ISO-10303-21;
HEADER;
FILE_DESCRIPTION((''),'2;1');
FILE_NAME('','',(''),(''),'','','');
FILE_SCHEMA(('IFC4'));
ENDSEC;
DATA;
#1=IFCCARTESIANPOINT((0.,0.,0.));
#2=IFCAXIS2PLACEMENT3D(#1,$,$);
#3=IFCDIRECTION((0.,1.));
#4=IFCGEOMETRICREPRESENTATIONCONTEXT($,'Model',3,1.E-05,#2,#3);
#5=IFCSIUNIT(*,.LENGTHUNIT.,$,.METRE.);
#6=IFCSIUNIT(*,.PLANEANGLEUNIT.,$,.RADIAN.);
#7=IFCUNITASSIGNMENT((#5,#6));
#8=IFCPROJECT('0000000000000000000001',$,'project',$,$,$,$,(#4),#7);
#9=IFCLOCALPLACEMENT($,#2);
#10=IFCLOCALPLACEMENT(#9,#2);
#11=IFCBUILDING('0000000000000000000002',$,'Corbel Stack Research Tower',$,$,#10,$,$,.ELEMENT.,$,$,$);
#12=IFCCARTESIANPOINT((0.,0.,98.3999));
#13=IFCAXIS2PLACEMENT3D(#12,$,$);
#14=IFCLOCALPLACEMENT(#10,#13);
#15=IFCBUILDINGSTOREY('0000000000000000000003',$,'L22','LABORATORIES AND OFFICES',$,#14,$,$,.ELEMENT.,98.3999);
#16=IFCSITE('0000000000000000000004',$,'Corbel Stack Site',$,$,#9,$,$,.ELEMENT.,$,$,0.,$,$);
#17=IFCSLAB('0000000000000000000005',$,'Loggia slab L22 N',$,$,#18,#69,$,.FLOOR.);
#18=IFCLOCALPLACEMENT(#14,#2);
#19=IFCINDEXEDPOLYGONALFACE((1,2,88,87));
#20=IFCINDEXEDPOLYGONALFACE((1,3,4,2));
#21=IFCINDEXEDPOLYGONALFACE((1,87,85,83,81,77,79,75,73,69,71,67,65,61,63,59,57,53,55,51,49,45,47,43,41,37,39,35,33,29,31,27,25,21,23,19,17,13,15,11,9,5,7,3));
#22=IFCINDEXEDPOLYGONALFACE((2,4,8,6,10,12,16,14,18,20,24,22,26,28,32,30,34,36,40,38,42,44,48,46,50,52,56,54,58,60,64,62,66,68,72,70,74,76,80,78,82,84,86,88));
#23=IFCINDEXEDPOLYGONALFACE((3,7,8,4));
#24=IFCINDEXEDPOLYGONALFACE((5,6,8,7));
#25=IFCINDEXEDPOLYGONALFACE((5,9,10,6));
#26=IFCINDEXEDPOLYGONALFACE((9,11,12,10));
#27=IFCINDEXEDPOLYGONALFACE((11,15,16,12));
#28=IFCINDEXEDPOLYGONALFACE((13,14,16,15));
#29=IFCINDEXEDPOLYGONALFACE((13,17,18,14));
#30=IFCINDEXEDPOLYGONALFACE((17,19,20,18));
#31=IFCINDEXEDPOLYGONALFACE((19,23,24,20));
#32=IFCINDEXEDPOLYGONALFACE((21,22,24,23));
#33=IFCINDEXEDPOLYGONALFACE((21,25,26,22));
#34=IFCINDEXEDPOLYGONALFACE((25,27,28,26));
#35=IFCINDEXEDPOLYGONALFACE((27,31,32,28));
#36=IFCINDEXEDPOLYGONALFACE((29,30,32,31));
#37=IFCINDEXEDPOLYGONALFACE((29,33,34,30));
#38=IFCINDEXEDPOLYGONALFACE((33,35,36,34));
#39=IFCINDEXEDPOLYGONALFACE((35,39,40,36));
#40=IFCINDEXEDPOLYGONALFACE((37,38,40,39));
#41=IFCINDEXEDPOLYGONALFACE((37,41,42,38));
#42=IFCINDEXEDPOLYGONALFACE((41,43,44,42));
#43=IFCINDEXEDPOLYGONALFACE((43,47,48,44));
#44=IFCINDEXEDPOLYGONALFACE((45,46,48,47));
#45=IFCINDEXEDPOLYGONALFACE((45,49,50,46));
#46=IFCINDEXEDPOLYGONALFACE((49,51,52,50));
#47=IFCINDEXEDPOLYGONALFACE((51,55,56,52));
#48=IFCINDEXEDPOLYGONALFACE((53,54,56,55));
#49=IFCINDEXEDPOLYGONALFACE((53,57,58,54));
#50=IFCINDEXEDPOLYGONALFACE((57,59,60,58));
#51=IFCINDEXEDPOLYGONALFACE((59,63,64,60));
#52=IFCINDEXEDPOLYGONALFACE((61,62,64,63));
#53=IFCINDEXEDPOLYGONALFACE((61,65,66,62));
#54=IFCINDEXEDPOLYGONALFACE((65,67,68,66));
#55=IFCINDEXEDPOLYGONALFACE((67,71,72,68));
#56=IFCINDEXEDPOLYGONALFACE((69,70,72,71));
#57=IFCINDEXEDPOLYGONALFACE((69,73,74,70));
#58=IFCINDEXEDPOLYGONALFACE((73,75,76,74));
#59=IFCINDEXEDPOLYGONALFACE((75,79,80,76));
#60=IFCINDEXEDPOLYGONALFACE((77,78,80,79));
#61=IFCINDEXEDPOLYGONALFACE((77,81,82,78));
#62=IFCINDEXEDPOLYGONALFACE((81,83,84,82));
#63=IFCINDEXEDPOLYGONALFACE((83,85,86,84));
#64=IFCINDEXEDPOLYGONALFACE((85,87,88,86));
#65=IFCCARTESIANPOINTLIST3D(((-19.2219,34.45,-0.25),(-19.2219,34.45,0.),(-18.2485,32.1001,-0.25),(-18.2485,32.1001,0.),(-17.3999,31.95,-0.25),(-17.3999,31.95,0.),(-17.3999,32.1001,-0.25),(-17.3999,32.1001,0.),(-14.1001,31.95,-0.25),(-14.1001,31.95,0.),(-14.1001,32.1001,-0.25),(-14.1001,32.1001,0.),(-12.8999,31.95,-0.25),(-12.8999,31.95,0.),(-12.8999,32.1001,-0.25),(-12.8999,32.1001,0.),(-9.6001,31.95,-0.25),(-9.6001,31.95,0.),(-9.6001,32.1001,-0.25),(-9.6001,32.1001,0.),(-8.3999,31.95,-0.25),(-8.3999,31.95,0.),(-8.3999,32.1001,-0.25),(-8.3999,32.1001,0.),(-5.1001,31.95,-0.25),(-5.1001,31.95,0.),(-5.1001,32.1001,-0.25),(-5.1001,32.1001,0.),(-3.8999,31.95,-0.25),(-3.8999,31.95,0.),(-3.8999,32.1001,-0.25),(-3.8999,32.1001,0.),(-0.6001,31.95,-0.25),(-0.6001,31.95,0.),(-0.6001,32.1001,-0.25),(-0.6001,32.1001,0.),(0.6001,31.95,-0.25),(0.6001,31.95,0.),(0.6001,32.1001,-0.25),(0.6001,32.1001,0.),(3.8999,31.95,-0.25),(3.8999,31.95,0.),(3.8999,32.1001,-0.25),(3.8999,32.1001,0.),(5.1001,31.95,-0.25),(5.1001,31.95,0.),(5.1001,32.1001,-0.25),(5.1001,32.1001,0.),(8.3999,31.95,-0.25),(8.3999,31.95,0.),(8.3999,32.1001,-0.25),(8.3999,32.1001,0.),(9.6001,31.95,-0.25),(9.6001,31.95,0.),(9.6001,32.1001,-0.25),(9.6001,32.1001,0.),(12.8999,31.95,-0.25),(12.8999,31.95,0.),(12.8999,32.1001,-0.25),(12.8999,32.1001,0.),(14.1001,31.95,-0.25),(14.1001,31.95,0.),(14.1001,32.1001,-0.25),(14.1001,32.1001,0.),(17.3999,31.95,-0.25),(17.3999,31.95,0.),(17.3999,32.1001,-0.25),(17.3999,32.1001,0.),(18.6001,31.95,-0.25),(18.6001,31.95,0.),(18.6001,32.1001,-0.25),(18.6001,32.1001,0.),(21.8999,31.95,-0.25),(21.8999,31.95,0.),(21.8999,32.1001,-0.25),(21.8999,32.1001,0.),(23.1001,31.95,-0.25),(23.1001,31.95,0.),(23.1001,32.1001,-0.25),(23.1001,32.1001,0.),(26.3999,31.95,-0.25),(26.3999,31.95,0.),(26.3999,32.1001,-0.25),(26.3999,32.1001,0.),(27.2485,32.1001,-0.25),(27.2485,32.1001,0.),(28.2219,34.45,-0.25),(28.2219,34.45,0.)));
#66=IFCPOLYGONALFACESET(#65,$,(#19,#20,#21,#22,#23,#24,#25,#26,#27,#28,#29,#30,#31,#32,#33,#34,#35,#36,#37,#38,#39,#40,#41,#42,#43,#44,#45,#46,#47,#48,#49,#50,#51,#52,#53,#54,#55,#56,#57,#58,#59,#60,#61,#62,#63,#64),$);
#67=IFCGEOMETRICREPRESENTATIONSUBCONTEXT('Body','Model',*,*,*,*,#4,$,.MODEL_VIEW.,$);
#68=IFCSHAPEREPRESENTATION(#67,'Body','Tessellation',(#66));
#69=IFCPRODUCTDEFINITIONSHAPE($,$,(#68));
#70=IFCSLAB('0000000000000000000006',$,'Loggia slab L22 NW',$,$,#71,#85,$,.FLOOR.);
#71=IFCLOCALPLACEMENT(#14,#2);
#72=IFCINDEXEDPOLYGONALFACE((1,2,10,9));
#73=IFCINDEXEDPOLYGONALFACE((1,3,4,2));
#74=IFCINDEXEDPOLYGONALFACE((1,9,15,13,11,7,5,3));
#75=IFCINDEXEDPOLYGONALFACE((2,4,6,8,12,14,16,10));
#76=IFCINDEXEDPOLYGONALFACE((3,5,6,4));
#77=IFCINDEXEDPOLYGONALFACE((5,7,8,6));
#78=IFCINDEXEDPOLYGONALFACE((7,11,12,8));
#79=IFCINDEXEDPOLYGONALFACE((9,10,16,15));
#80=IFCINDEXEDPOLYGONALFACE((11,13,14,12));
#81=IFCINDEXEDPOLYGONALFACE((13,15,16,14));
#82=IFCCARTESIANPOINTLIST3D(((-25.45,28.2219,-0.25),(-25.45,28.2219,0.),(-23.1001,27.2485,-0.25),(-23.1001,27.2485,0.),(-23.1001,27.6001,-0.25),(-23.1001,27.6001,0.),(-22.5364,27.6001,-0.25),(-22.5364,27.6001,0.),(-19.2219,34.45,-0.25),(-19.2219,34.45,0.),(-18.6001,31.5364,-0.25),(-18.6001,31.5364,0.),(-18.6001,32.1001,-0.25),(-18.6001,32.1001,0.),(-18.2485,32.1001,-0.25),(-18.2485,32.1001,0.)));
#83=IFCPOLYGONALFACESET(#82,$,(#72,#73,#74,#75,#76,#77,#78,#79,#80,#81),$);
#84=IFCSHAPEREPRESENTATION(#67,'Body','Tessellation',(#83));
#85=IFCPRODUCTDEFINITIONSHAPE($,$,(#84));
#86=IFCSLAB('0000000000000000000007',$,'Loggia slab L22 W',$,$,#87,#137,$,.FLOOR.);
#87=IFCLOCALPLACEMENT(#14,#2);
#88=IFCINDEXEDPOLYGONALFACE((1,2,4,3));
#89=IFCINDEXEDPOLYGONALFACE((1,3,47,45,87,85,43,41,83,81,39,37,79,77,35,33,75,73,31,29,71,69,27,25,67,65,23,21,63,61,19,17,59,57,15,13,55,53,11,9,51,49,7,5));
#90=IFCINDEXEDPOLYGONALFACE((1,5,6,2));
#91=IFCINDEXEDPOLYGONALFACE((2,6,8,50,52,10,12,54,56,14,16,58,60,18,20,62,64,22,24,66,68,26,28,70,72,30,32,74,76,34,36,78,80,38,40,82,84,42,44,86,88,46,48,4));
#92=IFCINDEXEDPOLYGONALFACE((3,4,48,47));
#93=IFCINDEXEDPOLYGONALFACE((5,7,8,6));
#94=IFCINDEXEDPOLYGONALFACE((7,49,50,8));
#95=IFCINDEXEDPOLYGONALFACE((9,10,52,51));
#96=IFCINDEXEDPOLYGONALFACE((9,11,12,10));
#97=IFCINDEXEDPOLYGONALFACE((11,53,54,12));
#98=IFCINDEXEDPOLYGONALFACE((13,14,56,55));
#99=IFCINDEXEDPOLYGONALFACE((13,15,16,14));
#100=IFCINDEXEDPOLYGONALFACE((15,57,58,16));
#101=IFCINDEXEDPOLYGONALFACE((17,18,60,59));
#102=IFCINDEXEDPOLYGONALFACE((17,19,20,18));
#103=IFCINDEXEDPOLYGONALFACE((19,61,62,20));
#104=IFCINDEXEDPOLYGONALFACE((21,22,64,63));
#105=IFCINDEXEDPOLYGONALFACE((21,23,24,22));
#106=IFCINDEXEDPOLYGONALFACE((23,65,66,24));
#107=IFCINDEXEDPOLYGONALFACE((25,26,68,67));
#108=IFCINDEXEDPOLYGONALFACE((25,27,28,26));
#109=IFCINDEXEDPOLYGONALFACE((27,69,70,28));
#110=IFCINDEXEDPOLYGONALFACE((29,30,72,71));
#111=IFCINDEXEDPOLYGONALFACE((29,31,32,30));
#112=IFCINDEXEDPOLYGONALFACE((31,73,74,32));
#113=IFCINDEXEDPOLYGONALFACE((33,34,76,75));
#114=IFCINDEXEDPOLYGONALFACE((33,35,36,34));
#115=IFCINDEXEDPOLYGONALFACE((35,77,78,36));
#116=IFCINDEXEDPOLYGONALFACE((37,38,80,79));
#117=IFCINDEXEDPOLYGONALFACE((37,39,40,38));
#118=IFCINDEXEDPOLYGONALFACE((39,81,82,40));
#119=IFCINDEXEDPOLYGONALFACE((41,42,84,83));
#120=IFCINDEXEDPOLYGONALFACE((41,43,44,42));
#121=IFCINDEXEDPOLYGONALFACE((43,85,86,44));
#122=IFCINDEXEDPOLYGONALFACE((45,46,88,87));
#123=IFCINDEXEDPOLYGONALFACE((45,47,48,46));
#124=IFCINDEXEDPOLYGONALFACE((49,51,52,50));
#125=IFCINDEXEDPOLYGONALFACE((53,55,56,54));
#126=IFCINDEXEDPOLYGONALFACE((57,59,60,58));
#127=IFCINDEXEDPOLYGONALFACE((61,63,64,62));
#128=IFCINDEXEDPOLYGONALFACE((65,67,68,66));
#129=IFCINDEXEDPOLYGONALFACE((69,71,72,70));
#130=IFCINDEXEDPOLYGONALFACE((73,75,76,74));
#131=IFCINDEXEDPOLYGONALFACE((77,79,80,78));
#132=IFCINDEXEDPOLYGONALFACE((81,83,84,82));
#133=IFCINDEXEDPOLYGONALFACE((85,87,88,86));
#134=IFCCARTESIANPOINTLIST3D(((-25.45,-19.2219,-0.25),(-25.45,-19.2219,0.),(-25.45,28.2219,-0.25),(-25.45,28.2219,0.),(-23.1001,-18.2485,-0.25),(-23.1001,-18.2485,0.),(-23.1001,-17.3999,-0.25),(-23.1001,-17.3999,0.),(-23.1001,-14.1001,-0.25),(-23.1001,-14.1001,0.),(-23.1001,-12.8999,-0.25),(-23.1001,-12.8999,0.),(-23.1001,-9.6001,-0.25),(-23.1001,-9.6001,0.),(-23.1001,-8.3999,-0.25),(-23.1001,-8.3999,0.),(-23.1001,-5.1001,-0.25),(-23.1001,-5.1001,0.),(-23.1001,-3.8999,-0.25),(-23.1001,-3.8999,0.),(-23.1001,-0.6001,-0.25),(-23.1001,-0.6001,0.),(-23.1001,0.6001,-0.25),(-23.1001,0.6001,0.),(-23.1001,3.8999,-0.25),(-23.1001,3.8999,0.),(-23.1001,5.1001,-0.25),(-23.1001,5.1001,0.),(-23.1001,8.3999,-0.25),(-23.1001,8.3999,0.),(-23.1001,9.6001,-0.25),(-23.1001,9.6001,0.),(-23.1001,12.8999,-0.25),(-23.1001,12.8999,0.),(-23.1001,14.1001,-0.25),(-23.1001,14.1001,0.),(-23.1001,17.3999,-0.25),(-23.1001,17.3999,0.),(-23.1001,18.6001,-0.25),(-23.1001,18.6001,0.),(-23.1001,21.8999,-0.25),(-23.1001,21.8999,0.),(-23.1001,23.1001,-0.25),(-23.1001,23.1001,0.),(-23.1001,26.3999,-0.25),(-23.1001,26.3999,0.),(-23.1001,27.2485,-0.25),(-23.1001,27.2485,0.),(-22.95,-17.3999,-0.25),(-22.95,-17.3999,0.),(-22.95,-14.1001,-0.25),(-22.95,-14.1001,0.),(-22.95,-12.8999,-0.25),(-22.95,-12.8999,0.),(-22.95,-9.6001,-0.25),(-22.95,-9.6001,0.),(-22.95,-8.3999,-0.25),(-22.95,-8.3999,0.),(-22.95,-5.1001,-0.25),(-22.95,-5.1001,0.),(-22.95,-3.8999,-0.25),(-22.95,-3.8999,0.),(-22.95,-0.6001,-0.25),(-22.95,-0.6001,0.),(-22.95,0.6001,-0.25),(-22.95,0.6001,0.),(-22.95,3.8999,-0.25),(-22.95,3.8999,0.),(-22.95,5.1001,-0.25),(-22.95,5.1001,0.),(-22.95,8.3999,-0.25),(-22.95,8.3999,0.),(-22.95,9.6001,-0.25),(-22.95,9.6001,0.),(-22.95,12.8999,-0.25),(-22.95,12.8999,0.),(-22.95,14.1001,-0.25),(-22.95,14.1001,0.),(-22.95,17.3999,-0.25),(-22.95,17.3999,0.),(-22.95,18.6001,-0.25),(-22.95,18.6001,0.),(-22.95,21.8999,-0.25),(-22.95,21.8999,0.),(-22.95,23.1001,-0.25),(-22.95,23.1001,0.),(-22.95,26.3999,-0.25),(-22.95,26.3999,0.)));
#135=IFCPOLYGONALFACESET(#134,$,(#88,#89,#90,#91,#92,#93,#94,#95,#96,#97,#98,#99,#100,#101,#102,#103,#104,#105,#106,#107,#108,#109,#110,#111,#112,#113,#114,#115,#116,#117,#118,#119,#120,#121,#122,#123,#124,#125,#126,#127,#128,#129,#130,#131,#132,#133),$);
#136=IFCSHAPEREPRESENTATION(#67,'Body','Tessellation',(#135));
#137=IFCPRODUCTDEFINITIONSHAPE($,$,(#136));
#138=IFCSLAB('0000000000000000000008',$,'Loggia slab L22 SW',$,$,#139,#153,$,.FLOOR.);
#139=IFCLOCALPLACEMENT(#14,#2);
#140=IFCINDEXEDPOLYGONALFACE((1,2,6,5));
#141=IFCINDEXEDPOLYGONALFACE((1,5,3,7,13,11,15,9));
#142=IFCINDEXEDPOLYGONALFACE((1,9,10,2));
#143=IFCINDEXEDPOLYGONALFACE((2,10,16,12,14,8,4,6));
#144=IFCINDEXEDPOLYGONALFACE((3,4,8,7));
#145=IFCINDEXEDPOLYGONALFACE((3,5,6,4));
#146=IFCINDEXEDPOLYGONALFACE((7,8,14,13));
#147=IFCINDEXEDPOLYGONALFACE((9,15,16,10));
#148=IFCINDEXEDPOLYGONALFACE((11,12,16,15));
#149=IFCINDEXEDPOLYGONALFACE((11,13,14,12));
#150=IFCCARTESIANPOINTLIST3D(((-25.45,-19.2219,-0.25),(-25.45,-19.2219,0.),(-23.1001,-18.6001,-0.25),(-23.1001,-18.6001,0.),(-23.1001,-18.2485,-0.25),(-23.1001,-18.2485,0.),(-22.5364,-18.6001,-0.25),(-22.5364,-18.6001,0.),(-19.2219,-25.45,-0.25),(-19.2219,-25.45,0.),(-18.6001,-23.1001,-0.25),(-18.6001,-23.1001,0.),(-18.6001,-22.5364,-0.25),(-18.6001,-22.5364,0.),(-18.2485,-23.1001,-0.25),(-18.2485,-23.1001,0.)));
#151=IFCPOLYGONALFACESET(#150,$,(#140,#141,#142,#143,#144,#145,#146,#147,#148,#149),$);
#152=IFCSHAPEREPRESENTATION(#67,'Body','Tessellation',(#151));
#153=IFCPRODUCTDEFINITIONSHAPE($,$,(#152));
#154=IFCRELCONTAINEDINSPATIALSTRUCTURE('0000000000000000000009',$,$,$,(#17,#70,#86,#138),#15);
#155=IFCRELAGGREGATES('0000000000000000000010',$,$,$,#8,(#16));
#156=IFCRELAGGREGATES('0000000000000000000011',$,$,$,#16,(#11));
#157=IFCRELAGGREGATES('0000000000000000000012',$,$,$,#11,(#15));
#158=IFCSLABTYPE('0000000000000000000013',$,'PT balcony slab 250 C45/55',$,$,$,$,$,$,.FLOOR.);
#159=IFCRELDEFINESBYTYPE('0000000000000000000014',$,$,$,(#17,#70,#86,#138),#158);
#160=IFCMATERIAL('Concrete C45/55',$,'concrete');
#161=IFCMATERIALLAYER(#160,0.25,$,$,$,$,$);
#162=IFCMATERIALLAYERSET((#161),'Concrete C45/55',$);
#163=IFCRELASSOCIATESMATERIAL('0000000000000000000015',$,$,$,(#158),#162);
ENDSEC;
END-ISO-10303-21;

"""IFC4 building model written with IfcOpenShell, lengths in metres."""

from ifc_helpers import new_model, si_unit, direction, frame, origin, place, context, subcontext, project, spatial, polyline, outline, extrude, material, layer, layer_set, type_object, element, save


model = new_model("IFC4")

# Units and contexts
model_context = context("Model", 3, precision=1e-05, world=origin(), true_north=direction((0.0, 1.0)))
body_context = subcontext(model_context, "Body", "Model", "MODEL_VIEW")
ifc_project = project(units=[si_unit("LENGTHUNIT", "METRE"), si_unit("PLANEANGLEUNIT", "RADIAN")], contexts=[model_context])

# Site, building, storey
site_placement = place(None, origin())
site = spatial("IfcSite", under=ifc_project, at=site_placement, Name="Corbel Stack Site", CompositionType="ELEMENT", RefElevation=0.0)
building_placement = place(site_placement, origin())
building = spatial("IfcBuilding", under=site, at=building_placement, Name="Corbel Stack Research Tower", CompositionType="ELEMENT")
storey_placement = place(building_placement, frame((0.0, 0.0, 98.3999)))
storey = spatial("IfcBuildingStorey", under=building, at=storey_placement, Name="L22", Description="LABORATORIES AND OFFICES", CompositionType="ELEMENT", Elevation=98.3999)

# Slabs
ifc_material_1 = material(Name="Concrete C45/55", Category="concrete")
ifc_layer_1 = layer(ifc_material_1, 0.25)
ifc_layer_set_1 = layer_set([ifc_layer_1], Name="Concrete C45/55")
slab_type_1 = type_object("IfcSlabType", Name="PT balcony slab 250 C45/55", PredefinedType="FLOOR", material=ifc_layer_set_1)
slab_1_placement = place(storey_placement, frame((0.0, 0.0, -0.25)))
element("IfcSlab", 1, at=slab_1_placement, inside=storey, type_object=slab_type_1, Name="Loggia slab L22 N", PredefinedType="FLOOR", context=body_context, shape_type="SweptSolid", body=[
    extrude(outline(polyline([(-18.2485, 32.1001), (-17.3999, 32.1001), (-17.3999, 31.95), (-14.1001, 31.95), (-14.1001, 32.1001), (-12.8999, 32.1001), (-12.8999, 31.95), (-9.6001, 31.95), (-9.6001, 32.1001), (-8.3999, 32.1001), (-8.3999, 31.95), (-5.1001, 31.95), (-5.1001, 32.1001), (-3.8999, 32.1001), (-3.8999, 31.95), (-0.6001, 31.95), (-0.6001, 32.1001), (0.6001, 32.1001), (0.6001, 31.95), (3.8999, 31.95), (3.8999, 32.1001), (5.1001, 32.1001), (5.1001, 31.95), (8.3999, 31.95), (8.3999, 32.1001), (9.6001, 32.1001), (9.6001, 31.95), (12.8999, 31.95), (12.8999, 32.1001), (14.1001, 32.1001), (14.1001, 31.95), (17.3999, 31.95), (17.3999, 32.1001), (18.6001, 32.1001), (18.6001, 31.95), (21.8999, 31.95), (21.8999, 32.1001), (23.1001, 32.1001), (23.1001, 31.95), (26.3999, 31.95), (26.3999, 32.1001), (27.2485, 32.1001), (28.2219, 34.45), (-19.2219, 34.45), (-18.2485, 32.1001)])), origin(), (0.0, 0.0, 1.0), 0.25),
])
slab_2_placement = place(storey_placement, frame((0.0, 0.0, -0.25)))
element("IfcSlab", 2, at=slab_2_placement, inside=storey, type_object=slab_type_1, Name="Loggia slab L22 NW", PredefinedType="FLOOR", context=body_context, shape_type="SweptSolid", body=[
    extrude(outline(polyline([(-23.1001, 27.2485), (-23.1001, 27.6001), (-22.5364, 27.6001), (-18.6001, 31.5364), (-18.6001, 32.1001), (-18.2485, 32.1001), (-19.2219, 34.45), (-25.45, 28.2219), (-23.1001, 27.2485)])), origin(), (0.0, 0.0, 1.0), 0.25),
])
slab_3_placement = place(storey_placement, frame((0.0, 0.0, -0.25)))
element("IfcSlab", 3, at=slab_3_placement, inside=storey, type_object=slab_type_1, Name="Loggia slab L22 W", PredefinedType="FLOOR", context=body_context, shape_type="SweptSolid", body=[
    extrude(outline(polyline([(-23.1001, -18.2485), (-23.1001, -17.3999), (-22.95, -17.3999), (-22.95, -14.1001), (-23.1001, -14.1001), (-23.1001, -12.8999), (-22.95, -12.8999), (-22.95, -9.6001), (-23.1001, -9.6001), (-23.1001, -8.3999), (-22.95, -8.3999), (-22.95, -5.1001), (-23.1001, -5.1001), (-23.1001, -3.8999), (-22.95, -3.8999), (-22.95, -0.6001), (-23.1001, -0.6001), (-23.1001, 0.6001), (-22.95, 0.6001), (-22.95, 3.8999), (-23.1001, 3.8999), (-23.1001, 5.1001), (-22.95, 5.1001), (-22.95, 8.3999), (-23.1001, 8.3999), (-23.1001, 9.6001), (-22.95, 9.6001), (-22.95, 12.8999), (-23.1001, 12.8999), (-23.1001, 14.1001), (-22.95, 14.1001), (-22.95, 17.3999), (-23.1001, 17.3999), (-23.1001, 18.6001), (-22.95, 18.6001), (-22.95, 21.8999), (-23.1001, 21.8999), (-23.1001, 23.1001), (-22.95, 23.1001), (-22.95, 26.3999), (-23.1001, 26.3999), (-23.1001, 27.2485), (-25.45, 28.2219), (-25.45, -19.2219), (-23.1001, -18.2485)])), origin(), (0.0, 0.0, 1.0), 0.25),
])
slab_4_placement = place(storey_placement, frame((0.0, 0.0, -0.25)))
element("IfcSlab", 4, at=slab_4_placement, inside=storey, type_object=slab_type_1, Name="Loggia slab L22 SW", PredefinedType="FLOOR", context=body_context, shape_type="SweptSolid", body=[
    extrude(outline(polyline([(-18.2485, -23.1001), (-18.6001, -23.1001), (-18.6001, -22.5364), (-22.5364, -18.6001), (-23.1001, -18.6001), (-23.1001, -18.2485), (-25.45, -19.2219), (-19.2219, -25.45), (-18.2485, -23.1001)])), origin(), (0.0, 0.0, 1.0), 0.25),
])

save(model, "model.ifc")
